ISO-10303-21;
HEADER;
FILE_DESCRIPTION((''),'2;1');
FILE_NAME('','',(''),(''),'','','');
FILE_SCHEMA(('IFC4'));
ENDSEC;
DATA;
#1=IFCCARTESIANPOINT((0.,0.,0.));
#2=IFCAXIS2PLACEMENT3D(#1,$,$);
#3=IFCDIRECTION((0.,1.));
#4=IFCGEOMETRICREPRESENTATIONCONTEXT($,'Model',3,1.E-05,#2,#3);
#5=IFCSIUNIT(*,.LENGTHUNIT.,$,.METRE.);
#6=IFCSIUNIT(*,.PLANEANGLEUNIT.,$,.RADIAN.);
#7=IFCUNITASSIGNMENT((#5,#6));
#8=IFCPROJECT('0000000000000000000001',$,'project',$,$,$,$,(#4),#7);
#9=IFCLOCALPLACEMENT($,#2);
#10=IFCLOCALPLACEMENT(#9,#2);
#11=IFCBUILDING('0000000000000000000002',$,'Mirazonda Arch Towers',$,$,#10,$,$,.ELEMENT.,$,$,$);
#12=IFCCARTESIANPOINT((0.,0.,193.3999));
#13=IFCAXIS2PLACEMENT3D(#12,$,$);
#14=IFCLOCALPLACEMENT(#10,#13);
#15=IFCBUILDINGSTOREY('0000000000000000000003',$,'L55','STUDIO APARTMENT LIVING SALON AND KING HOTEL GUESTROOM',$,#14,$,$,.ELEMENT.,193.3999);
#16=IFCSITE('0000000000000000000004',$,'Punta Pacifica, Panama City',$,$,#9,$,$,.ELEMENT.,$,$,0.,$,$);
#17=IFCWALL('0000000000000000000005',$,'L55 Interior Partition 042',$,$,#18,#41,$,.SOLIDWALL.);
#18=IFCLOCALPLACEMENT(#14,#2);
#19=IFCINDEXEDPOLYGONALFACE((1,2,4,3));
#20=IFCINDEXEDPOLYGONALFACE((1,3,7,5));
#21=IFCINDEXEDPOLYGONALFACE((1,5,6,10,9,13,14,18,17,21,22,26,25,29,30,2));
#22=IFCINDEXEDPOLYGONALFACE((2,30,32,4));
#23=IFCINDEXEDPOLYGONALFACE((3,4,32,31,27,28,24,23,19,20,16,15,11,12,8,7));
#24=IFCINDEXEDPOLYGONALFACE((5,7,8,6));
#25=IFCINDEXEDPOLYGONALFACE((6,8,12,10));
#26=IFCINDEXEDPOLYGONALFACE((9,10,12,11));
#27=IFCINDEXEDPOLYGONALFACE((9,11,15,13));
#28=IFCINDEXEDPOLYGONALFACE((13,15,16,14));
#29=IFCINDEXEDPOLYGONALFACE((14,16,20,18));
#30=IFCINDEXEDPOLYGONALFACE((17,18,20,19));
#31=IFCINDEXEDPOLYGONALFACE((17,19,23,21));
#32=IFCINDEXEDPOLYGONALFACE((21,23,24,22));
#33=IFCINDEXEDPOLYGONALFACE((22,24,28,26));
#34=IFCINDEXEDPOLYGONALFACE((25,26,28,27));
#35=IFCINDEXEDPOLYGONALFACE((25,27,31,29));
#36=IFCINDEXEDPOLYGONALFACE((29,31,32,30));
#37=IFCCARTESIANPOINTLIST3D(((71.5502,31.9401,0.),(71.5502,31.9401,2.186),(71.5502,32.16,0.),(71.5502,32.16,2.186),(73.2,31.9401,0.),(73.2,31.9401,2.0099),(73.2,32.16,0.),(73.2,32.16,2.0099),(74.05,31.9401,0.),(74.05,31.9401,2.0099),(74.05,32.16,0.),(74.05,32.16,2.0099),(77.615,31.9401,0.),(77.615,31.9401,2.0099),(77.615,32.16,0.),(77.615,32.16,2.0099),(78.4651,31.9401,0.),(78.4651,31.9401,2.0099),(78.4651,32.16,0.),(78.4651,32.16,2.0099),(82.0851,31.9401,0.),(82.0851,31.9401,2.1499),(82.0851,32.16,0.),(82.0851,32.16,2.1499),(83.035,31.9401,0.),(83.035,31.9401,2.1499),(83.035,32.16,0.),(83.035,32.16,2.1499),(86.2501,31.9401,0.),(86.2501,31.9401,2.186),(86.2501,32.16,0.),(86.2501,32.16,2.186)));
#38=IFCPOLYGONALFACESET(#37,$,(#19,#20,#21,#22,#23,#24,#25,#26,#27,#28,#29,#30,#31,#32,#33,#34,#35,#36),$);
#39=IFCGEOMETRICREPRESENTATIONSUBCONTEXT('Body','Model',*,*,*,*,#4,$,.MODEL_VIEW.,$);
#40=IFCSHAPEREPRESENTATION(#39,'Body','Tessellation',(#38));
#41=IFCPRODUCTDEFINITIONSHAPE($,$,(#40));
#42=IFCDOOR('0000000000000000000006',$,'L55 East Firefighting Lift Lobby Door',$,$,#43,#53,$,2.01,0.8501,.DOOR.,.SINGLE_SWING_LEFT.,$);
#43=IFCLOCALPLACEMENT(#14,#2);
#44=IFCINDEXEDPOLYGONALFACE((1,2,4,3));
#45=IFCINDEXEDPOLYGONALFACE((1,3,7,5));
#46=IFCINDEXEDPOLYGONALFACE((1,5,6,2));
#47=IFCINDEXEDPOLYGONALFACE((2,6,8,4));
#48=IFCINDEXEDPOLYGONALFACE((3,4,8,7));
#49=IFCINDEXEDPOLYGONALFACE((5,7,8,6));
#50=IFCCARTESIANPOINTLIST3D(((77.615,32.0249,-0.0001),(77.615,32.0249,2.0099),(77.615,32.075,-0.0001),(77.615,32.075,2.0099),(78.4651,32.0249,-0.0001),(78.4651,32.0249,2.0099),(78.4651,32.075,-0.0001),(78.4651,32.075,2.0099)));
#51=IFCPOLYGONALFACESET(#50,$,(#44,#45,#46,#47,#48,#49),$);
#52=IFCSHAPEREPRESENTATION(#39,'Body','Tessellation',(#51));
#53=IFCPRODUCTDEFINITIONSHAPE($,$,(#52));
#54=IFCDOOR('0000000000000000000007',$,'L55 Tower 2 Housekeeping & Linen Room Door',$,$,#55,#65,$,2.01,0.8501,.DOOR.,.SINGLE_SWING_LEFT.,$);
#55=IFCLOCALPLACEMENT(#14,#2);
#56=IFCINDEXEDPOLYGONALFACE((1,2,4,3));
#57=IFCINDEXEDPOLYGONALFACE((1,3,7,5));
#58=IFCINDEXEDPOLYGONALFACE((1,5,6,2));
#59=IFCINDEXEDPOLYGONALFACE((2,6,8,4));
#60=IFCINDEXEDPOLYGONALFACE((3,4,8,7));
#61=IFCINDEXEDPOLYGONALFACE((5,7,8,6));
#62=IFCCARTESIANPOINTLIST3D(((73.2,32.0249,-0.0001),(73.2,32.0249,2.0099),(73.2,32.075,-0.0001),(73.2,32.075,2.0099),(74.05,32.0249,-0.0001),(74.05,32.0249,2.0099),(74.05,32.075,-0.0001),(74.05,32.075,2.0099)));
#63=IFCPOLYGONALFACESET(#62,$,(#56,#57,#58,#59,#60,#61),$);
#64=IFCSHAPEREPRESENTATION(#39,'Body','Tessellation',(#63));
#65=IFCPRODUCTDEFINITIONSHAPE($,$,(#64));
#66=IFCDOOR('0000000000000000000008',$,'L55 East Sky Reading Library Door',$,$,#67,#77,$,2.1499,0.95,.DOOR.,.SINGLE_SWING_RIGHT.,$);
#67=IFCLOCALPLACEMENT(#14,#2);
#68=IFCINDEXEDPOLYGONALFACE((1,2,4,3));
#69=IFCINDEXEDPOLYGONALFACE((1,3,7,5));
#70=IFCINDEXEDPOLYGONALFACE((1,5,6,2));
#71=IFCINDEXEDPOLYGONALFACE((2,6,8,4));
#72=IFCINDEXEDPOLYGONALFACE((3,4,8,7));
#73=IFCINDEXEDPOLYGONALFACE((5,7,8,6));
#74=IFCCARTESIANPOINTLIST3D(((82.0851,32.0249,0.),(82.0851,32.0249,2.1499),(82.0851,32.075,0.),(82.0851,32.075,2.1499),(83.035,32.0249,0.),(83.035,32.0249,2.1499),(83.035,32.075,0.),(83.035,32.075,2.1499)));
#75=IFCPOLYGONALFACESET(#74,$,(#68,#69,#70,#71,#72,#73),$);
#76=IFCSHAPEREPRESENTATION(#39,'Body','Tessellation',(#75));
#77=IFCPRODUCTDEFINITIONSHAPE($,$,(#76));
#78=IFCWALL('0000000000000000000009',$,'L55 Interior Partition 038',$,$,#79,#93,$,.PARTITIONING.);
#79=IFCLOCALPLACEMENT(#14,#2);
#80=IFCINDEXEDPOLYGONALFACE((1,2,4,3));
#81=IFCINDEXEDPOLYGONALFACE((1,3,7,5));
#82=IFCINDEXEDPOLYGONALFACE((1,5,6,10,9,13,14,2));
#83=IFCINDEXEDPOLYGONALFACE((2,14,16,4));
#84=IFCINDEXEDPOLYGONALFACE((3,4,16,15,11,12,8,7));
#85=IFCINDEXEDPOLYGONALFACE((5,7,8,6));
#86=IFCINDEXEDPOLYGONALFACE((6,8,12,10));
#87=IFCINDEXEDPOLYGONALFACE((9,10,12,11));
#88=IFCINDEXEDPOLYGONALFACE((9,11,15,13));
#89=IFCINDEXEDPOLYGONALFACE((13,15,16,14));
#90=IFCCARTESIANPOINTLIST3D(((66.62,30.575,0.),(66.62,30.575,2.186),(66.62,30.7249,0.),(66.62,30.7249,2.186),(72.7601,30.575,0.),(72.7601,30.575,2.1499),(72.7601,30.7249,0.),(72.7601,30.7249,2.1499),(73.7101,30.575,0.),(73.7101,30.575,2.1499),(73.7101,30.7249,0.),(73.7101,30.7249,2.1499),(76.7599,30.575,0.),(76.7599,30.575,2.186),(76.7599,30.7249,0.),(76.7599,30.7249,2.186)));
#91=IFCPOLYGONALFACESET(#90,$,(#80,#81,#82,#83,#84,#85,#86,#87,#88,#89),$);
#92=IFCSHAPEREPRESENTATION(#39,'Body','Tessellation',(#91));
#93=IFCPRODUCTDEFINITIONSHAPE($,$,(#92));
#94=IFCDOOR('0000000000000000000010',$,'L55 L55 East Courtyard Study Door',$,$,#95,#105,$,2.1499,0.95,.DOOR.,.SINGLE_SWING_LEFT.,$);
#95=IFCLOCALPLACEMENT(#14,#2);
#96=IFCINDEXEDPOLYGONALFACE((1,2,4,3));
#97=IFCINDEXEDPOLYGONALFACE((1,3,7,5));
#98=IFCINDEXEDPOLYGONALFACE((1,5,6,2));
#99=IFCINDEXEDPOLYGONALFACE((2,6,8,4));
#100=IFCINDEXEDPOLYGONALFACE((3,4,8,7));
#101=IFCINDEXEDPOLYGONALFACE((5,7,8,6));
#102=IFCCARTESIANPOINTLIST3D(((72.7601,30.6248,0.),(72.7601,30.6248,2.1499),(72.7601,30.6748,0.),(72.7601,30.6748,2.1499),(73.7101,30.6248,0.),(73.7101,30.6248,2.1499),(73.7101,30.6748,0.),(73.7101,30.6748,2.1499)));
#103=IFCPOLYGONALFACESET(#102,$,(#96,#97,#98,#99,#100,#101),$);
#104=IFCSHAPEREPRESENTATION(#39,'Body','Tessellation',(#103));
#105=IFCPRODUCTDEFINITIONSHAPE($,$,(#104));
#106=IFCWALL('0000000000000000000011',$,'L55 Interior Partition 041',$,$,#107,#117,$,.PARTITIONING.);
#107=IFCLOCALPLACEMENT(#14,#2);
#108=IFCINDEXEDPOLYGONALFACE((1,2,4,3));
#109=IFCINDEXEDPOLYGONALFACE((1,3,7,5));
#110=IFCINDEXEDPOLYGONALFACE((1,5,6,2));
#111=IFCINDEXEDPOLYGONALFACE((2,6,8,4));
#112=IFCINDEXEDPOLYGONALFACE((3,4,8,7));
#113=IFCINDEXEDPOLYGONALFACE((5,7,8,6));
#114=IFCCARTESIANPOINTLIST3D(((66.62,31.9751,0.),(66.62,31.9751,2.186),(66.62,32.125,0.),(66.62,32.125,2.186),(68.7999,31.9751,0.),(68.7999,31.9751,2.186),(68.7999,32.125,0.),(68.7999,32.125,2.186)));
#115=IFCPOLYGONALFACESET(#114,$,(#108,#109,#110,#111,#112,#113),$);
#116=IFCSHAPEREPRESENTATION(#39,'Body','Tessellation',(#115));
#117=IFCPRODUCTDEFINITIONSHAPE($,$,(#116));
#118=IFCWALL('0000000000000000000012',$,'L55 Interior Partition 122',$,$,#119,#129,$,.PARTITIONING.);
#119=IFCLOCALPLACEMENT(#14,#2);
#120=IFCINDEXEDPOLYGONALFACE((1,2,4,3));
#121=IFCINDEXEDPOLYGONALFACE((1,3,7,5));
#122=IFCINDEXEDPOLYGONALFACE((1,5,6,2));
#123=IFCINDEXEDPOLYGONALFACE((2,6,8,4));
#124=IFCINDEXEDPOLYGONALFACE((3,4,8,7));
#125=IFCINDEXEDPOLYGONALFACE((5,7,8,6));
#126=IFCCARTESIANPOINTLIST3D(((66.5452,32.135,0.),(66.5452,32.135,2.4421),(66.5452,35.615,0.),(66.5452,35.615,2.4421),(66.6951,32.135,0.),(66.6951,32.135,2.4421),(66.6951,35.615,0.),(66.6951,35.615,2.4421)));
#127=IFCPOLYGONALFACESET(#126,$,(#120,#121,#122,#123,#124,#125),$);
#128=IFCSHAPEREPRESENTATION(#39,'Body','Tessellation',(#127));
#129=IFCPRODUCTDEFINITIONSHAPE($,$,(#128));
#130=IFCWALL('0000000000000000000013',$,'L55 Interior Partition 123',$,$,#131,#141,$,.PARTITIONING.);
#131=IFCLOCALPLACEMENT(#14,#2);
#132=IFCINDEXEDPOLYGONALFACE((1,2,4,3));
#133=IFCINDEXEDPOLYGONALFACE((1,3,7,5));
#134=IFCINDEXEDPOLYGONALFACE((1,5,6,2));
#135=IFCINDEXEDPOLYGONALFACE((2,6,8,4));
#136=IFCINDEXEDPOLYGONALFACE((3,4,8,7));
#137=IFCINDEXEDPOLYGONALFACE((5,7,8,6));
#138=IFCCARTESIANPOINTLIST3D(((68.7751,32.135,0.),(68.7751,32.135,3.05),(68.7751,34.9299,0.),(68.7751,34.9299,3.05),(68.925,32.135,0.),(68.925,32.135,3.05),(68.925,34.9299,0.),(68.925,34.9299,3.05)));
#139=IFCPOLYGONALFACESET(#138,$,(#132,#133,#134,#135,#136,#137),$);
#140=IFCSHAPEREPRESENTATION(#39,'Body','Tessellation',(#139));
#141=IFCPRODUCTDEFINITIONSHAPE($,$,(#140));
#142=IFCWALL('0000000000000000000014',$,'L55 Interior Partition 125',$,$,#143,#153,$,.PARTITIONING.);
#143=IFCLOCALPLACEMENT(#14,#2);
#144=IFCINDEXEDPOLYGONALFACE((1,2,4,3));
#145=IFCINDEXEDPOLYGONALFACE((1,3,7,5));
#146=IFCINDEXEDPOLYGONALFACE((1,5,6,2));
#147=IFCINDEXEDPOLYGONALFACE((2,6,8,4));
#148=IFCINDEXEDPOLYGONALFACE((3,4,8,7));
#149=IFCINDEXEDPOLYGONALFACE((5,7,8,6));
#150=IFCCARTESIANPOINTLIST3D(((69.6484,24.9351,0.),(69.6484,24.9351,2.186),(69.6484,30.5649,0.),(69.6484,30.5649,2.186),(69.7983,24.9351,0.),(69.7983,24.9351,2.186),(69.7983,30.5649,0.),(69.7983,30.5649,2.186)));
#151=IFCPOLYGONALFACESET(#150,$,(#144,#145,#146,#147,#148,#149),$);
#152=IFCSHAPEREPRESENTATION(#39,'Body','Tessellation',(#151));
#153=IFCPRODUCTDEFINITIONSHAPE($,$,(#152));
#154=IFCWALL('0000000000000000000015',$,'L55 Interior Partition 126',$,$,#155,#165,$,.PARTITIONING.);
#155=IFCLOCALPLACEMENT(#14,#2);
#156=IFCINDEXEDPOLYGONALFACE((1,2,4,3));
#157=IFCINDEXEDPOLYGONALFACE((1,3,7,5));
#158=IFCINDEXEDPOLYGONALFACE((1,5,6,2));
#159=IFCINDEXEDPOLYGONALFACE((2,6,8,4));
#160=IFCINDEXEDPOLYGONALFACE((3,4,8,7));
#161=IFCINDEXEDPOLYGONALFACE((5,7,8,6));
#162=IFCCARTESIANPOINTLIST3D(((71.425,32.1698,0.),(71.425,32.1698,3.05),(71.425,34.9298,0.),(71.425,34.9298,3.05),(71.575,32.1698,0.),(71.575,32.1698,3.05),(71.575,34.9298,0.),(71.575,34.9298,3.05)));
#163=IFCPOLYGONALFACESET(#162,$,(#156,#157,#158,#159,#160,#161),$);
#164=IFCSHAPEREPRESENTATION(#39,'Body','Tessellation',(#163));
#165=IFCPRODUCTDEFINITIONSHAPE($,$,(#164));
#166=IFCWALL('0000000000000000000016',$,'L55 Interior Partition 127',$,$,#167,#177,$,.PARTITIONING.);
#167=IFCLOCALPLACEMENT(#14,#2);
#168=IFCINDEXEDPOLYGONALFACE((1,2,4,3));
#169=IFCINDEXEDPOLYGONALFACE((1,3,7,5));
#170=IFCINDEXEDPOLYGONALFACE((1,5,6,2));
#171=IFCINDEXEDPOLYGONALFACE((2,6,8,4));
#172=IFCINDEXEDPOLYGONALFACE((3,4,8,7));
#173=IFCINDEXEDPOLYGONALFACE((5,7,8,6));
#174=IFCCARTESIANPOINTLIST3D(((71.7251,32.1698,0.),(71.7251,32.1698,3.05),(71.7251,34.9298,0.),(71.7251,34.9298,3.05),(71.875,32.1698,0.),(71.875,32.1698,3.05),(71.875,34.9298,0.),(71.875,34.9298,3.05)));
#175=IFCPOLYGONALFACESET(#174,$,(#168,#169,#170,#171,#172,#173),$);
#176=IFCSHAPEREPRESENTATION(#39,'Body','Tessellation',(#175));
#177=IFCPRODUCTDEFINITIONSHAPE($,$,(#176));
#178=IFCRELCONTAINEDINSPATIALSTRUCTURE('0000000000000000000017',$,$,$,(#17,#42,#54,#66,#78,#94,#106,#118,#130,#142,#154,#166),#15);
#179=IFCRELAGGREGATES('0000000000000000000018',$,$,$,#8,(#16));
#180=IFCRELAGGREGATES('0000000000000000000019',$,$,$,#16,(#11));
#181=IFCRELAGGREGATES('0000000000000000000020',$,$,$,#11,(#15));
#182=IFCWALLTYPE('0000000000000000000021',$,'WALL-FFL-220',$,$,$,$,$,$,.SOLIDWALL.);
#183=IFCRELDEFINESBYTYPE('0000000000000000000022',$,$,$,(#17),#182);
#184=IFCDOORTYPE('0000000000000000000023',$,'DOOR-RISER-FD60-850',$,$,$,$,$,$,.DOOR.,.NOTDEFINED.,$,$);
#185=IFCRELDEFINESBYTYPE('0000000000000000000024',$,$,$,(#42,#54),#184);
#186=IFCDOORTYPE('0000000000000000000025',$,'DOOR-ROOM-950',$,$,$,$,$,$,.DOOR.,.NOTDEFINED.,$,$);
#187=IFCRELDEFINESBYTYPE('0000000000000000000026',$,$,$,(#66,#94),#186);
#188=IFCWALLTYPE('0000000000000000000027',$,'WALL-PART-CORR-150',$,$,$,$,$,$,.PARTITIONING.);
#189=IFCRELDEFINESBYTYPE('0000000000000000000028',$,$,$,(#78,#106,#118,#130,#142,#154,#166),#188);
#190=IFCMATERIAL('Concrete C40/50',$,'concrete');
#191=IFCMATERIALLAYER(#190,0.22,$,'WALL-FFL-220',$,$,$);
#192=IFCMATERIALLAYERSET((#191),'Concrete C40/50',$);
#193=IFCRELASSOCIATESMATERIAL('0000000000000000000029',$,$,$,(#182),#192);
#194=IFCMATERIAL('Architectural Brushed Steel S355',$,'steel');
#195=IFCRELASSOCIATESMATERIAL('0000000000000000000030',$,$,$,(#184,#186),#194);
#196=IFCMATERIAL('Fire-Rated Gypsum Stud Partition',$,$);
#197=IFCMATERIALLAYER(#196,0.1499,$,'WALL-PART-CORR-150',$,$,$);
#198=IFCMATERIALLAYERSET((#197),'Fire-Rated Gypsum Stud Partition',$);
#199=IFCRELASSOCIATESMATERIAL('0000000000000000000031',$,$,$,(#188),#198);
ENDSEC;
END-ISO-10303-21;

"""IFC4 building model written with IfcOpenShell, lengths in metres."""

from ifc_helpers import new_model, si_unit, direction, frame, frame_2d, origin, place, context, subcontext, project, spatial, rectangle, extrude, material, layer, layer_set, type_object, element, fill, save


model = new_model("IFC4")

# Units and contexts
model_context = context("Model", 3, precision=1e-05, world=origin(), true_north=direction((0.0, 1.0)))
body_context = subcontext(model_context, "Body", "Model", "MODEL_VIEW")
ifc_project = project(units=[si_unit("LENGTHUNIT", "METRE"), si_unit("PLANEANGLEUNIT", "RADIAN")], contexts=[model_context])

# Site, building, storey
site_placement = place(None, origin())
site = spatial("IfcSite", under=ifc_project, at=site_placement, Name="Punta Pacifica, Panama City", CompositionType="ELEMENT", RefElevation=0.0)
building_placement = place(site_placement, origin())
building = spatial("IfcBuilding", under=site, at=building_placement, Name="Mirazonda Arch Towers", CompositionType="ELEMENT")
storey_placement = place(building_placement, frame((0.0, 0.0, 193.3999)))
storey = spatial("IfcBuildingStorey", under=building, at=storey_placement, Name="L55", Description="STUDIO APARTMENT LIVING SALON AND KING HOTEL GUESTROOM", CompositionType="ELEMENT", Elevation=193.3999)

# Wall, openings, doors
ifc_material_1 = material(Name="Architectural Brushed Steel S355", Category="steel")
ifc_material_2 = material(Name="Concrete C40/50", Category="concrete")
ifc_layer_1 = layer(ifc_material_2, 0.22, Name="WALL-FFL-220")
ifc_layer_set_1 = layer_set([ifc_layer_1], Name="Concrete C40/50")
wall_type_1 = type_object("IfcWallType", Name="WALL-FFL-220", PredefinedType="SOLIDWALL", material=ifc_layer_set_1)
wall_1_placement = place(storey_placement, frame((71.55, 32.05, 0.0), z_axis=(0.0, 0.0, 1.0), x_axis=(1.0, 0.0, 0.0)))
wall_1 = element("IfcWall", 1, at=wall_1_placement, inside=storey, type_object=wall_type_1, Name="L55 Interior Partition 042", PredefinedType="SOLIDWALL", context=body_context, shape_type="SweptSolid", body=[
    extrude(rectangle(XDim=14.7, YDim=0.22, at=frame_2d((7.3501, 0.0))), origin(), (0.0, 0.0, 1.0), 2.186),
])
opening_1_placement = place(wall_1_placement, frame((6.0649, 0.0, 0.0)))
opening_1 = element("IfcOpeningElement", 2, at=opening_1_placement, cuts=wall_1, PredefinedType="OPENING", context=body_context, shape_type="SweptSolid", body=[
    extrude(rectangle(XDim=0.8501, YDim=2.01, at=frame_2d((0.425, 1.0049))), frame((0.0, 0.1199, 0.0), z_axis=(0.0, -1.0, 0.0), x_axis=(1.0, 0.0, 0.0)), (0.0, 0.0, 1.0), 0.24),
])
opening_2_placement = place(wall_1_placement, frame((10.5349, 0.0, 0.0)))
opening_2 = element("IfcOpeningElement", 3, at=opening_2_placement, cuts=wall_1, PredefinedType="OPENING", context=body_context, shape_type="SweptSolid", body=[
    extrude(rectangle(XDim=0.95, YDim=2.1499, at=frame_2d((0.4751, 1.075))), frame((0.0, 0.1199, 0.0), z_axis=(0.0, -1.0, 0.0), x_axis=(1.0, 0.0, 0.0)), (0.0, 0.0, 1.0), 0.24),
])
opening_3_placement = place(wall_1_placement, frame((1.6499, 0.0, 0.0)))
opening_3 = element("IfcOpeningElement", 4, at=opening_3_placement, cuts=wall_1, PredefinedType="OPENING", context=body_context, shape_type="SweptSolid", body=[
    extrude(rectangle(XDim=0.8501, YDim=2.01, at=frame_2d((0.425, 1.0049))), frame((0.0, 0.1199, 0.0), z_axis=(0.0, -1.0, 0.0), x_axis=(1.0, 0.0, 0.0)), (0.0, 0.0, 1.0), 0.24),
])
door_type_1 = type_object("IfcDoorType", Name="DOOR-RISER-FD60-850", OperationType="NOTDEFINED", PredefinedType="DOOR", material=ifc_material_1)
door_1_placement = place(opening_1_placement, origin())
door_1 = element("IfcDoor", 5, at=door_1_placement, inside=storey, type_object=door_type_1, Name="L55 East Firefighting Lift Lobby Door", OperationType="SINGLE_SWING_LEFT", OverallHeight=2.01, OverallWidth=0.8501, PredefinedType="DOOR", context=body_context, shape_type="SweptSolid", body=[
    extrude(rectangle(XDim=0.8501, YDim=2.01, at=frame_2d((0.425, 1.0049))), frame((0.0, 0.0249, 0.0), z_axis=(0.0, -1.0, 0.0), x_axis=(1.0, 0.0, 0.0)), (0.0, 0.0, 1.0), 0.05),
])
fill(opening_1, door_1)
door_2_placement = place(opening_3_placement, origin())
door_2 = element("IfcDoor", 6, at=door_2_placement, inside=storey, type_object=door_type_1, Name="L55 Tower 2 Housekeeping & Linen Room Door", OperationType="SINGLE_SWING_LEFT", OverallHeight=2.01, OverallWidth=0.8501, PredefinedType="DOOR", context=body_context, shape_type="SweptSolid", body=[
    extrude(rectangle(XDim=0.8501, YDim=2.01, at=frame_2d((0.425, 1.0049))), frame((0.0, 0.0249, 0.0), z_axis=(0.0, -1.0, 0.0), x_axis=(1.0, 0.0, 0.0)), (0.0, 0.0, 1.0), 0.05),
])
fill(opening_3, door_2)
door_type_2 = type_object("IfcDoorType", Name="DOOR-ROOM-950", OperationType="NOTDEFINED", PredefinedType="DOOR", material=ifc_material_1)
door_3_placement = place(opening_2_placement, origin())
door_3 = element("IfcDoor", 7, at=door_3_placement, inside=storey, type_object=door_type_2, Name="L55 East Sky Reading Library Door", OperationType="SINGLE_SWING_RIGHT", OverallHeight=2.1499, OverallWidth=0.95, PredefinedType="DOOR", context=body_context, shape_type="SweptSolid", body=[
    extrude(rectangle(XDim=0.95, YDim=2.1499, at=frame_2d((0.4751, 1.075))), frame((0.0, 0.0249, 0.0), z_axis=(0.0, -1.0, 0.0), x_axis=(1.0, 0.0, 0.0)), (0.0, 0.0, 1.0), 0.05),
])
fill(opening_2, door_3)

# Wall, opening, door
ifc_material_3 = material(Name="Fire-Rated Gypsum Stud Partition")
ifc_layer_2 = layer(ifc_material_3, 0.1499, Name="WALL-PART-CORR-150")
ifc_layer_set_2 = layer_set([ifc_layer_2], Name="Fire-Rated Gypsum Stud Partition")
wall_type_2 = type_object("IfcWallType", Name="WALL-PART-CORR-150", PredefinedType="PARTITIONING", material=ifc_layer_set_2)
wall_2_placement = place(storey_placement, frame((66.6201, 30.6499, 0.0), z_axis=(0.0, 0.0, 1.0), x_axis=(1.0, 0.0, 0.0)))
wall_2 = element("IfcWall", 8, at=wall_2_placement, inside=storey, type_object=wall_type_2, Name="L55 Interior Partition 038", PredefinedType="PARTITIONING", context=body_context, shape_type="SweptSolid", body=[
    extrude(rectangle(XDim=10.1399, YDim=0.1499, at=frame_2d((5.0698, 0.0))), origin(), (0.0, 0.0, 1.0), 2.186),
])
opening_4_placement = place(wall_2_placement, frame((6.1399, 0.0, 0.0)))
opening_4 = element("IfcOpeningElement", 9, at=opening_4_placement, cuts=wall_2, PredefinedType="OPENING", context=body_context, shape_type="SweptSolid", body=[
    extrude(rectangle(XDim=0.95, YDim=2.1499, at=frame_2d((0.4751, 1.075))), frame((0.0, 0.085, 0.0), z_axis=(0.0, -1.0, 0.0), x_axis=(1.0, 0.0, 0.0)), (0.0, 0.0, 1.0), 0.1699),
])
door_4_placement = place(opening_4_placement, origin())
door_4 = element("IfcDoor", 10, at=door_4_placement, inside=storey, type_object=door_type_2, Name="L55 L55 East Courtyard Study Door", OperationType="SINGLE_SWING_LEFT", OverallHeight=2.1499, OverallWidth=0.95, PredefinedType="DOOR", context=body_context, shape_type="SweptSolid", body=[
    extrude(rectangle(XDim=0.95, YDim=2.1499, at=frame_2d((0.4751, 1.075))), frame((0.0, 0.0249, 0.0), z_axis=(0.0, -1.0, 0.0), x_axis=(1.0, 0.0, 0.0)), (0.0, 0.0, 1.0), 0.05),
])
fill(opening_4, door_4)

# Walls
wall_3_placement = place(storey_placement, frame((66.6201, 32.05, 0.0), z_axis=(0.0, 0.0, 1.0), x_axis=(1.0, 0.0, 0.0)))
element("IfcWall", 11, at=wall_3_placement, inside=storey, type_object=wall_type_2, Name="L55 Interior Partition 041", PredefinedType="PARTITIONING", context=body_context, shape_type="SweptSolid", body=[
    extrude(rectangle(XDim=2.1799, YDim=0.1499, at=frame_2d((1.0898, 0.0))), origin(), (0.0, 0.0, 1.0), 2.186),
])
wall_4_placement = place(storey_placement, frame((66.6201, 32.135, 0.0), z_axis=(0.0, 0.0, 1.0), x_axis=(0.0, 1.0, 0.0)))
element("IfcWall", 12, at=wall_4_placement, inside=storey, type_object=wall_type_2, Name="L55 Interior Partition 122", PredefinedType="PARTITIONING", context=body_context, shape_type="SweptSolid", body=[
    extrude(rectangle(XDim=3.48, YDim=0.1499, at=frame_2d((1.74, 0.0))), origin(), (0.0, 0.0, 1.0), 2.4421),
])
wall_5_placement = place(storey_placement, frame((68.8501, 32.135, 0.0), z_axis=(0.0, 0.0, 1.0), x_axis=(0.0, 1.0, 0.0)))
element("IfcWall", 13, at=wall_5_placement, inside=storey, type_object=wall_type_2, Name="L55 Interior Partition 123", PredefinedType="PARTITIONING", context=body_context, shape_type="SweptSolid", body=[
    extrude(rectangle(XDim=2.7949, YDim=0.1499, at=frame_2d((1.3975, 0.0))), origin(), (0.0, 0.0, 1.0), 3.05),
])
wall_6_placement = place(storey_placement, frame((69.7234, 24.9351, 0.0), z_axis=(0.0, 0.0, 1.0), x_axis=(0.0, 1.0, 0.0)))
element("IfcWall", 14, at=wall_6_placement, inside=storey, type_object=wall_type_2, Name="L55 Interior Partition 125", PredefinedType="PARTITIONING", context=body_context, shape_type="SweptSolid", body=[
    extrude(rectangle(XDim=5.6299, YDim=0.1499, at=frame_2d((2.8149, 0.0))), origin(), (0.0, 0.0, 1.0), 2.186),
])
for number, where, z_axis, x_axis, name in (
    (15, (71.5, 32.1699, 0.0), (0.0, 0.0, 1.0), (0.0, 1.0, 0.0), "L55 Interior Partition 126"),
    (16, (71.8, 32.1699, 0.0), (0.0, 0.0, 1.0), (0.0, 1.0, 0.0), "L55 Interior Partition 127"),
):
    element("IfcWall", number, at=place(storey_placement, frame(where, z_axis=z_axis, x_axis=x_axis)), inside=storey, type_object=wall_type_2, Name=name, PredefinedType="PARTITIONING", context=body_context, shape_type="SweptSolid", body=[
        extrude(rectangle(XDim=2.76, YDim=0.1499, at=frame_2d((1.3799, 0.0))), origin(), (0.0, 0.0, 1.0), 3.05),
    ])

save(model, "model.ifc")
